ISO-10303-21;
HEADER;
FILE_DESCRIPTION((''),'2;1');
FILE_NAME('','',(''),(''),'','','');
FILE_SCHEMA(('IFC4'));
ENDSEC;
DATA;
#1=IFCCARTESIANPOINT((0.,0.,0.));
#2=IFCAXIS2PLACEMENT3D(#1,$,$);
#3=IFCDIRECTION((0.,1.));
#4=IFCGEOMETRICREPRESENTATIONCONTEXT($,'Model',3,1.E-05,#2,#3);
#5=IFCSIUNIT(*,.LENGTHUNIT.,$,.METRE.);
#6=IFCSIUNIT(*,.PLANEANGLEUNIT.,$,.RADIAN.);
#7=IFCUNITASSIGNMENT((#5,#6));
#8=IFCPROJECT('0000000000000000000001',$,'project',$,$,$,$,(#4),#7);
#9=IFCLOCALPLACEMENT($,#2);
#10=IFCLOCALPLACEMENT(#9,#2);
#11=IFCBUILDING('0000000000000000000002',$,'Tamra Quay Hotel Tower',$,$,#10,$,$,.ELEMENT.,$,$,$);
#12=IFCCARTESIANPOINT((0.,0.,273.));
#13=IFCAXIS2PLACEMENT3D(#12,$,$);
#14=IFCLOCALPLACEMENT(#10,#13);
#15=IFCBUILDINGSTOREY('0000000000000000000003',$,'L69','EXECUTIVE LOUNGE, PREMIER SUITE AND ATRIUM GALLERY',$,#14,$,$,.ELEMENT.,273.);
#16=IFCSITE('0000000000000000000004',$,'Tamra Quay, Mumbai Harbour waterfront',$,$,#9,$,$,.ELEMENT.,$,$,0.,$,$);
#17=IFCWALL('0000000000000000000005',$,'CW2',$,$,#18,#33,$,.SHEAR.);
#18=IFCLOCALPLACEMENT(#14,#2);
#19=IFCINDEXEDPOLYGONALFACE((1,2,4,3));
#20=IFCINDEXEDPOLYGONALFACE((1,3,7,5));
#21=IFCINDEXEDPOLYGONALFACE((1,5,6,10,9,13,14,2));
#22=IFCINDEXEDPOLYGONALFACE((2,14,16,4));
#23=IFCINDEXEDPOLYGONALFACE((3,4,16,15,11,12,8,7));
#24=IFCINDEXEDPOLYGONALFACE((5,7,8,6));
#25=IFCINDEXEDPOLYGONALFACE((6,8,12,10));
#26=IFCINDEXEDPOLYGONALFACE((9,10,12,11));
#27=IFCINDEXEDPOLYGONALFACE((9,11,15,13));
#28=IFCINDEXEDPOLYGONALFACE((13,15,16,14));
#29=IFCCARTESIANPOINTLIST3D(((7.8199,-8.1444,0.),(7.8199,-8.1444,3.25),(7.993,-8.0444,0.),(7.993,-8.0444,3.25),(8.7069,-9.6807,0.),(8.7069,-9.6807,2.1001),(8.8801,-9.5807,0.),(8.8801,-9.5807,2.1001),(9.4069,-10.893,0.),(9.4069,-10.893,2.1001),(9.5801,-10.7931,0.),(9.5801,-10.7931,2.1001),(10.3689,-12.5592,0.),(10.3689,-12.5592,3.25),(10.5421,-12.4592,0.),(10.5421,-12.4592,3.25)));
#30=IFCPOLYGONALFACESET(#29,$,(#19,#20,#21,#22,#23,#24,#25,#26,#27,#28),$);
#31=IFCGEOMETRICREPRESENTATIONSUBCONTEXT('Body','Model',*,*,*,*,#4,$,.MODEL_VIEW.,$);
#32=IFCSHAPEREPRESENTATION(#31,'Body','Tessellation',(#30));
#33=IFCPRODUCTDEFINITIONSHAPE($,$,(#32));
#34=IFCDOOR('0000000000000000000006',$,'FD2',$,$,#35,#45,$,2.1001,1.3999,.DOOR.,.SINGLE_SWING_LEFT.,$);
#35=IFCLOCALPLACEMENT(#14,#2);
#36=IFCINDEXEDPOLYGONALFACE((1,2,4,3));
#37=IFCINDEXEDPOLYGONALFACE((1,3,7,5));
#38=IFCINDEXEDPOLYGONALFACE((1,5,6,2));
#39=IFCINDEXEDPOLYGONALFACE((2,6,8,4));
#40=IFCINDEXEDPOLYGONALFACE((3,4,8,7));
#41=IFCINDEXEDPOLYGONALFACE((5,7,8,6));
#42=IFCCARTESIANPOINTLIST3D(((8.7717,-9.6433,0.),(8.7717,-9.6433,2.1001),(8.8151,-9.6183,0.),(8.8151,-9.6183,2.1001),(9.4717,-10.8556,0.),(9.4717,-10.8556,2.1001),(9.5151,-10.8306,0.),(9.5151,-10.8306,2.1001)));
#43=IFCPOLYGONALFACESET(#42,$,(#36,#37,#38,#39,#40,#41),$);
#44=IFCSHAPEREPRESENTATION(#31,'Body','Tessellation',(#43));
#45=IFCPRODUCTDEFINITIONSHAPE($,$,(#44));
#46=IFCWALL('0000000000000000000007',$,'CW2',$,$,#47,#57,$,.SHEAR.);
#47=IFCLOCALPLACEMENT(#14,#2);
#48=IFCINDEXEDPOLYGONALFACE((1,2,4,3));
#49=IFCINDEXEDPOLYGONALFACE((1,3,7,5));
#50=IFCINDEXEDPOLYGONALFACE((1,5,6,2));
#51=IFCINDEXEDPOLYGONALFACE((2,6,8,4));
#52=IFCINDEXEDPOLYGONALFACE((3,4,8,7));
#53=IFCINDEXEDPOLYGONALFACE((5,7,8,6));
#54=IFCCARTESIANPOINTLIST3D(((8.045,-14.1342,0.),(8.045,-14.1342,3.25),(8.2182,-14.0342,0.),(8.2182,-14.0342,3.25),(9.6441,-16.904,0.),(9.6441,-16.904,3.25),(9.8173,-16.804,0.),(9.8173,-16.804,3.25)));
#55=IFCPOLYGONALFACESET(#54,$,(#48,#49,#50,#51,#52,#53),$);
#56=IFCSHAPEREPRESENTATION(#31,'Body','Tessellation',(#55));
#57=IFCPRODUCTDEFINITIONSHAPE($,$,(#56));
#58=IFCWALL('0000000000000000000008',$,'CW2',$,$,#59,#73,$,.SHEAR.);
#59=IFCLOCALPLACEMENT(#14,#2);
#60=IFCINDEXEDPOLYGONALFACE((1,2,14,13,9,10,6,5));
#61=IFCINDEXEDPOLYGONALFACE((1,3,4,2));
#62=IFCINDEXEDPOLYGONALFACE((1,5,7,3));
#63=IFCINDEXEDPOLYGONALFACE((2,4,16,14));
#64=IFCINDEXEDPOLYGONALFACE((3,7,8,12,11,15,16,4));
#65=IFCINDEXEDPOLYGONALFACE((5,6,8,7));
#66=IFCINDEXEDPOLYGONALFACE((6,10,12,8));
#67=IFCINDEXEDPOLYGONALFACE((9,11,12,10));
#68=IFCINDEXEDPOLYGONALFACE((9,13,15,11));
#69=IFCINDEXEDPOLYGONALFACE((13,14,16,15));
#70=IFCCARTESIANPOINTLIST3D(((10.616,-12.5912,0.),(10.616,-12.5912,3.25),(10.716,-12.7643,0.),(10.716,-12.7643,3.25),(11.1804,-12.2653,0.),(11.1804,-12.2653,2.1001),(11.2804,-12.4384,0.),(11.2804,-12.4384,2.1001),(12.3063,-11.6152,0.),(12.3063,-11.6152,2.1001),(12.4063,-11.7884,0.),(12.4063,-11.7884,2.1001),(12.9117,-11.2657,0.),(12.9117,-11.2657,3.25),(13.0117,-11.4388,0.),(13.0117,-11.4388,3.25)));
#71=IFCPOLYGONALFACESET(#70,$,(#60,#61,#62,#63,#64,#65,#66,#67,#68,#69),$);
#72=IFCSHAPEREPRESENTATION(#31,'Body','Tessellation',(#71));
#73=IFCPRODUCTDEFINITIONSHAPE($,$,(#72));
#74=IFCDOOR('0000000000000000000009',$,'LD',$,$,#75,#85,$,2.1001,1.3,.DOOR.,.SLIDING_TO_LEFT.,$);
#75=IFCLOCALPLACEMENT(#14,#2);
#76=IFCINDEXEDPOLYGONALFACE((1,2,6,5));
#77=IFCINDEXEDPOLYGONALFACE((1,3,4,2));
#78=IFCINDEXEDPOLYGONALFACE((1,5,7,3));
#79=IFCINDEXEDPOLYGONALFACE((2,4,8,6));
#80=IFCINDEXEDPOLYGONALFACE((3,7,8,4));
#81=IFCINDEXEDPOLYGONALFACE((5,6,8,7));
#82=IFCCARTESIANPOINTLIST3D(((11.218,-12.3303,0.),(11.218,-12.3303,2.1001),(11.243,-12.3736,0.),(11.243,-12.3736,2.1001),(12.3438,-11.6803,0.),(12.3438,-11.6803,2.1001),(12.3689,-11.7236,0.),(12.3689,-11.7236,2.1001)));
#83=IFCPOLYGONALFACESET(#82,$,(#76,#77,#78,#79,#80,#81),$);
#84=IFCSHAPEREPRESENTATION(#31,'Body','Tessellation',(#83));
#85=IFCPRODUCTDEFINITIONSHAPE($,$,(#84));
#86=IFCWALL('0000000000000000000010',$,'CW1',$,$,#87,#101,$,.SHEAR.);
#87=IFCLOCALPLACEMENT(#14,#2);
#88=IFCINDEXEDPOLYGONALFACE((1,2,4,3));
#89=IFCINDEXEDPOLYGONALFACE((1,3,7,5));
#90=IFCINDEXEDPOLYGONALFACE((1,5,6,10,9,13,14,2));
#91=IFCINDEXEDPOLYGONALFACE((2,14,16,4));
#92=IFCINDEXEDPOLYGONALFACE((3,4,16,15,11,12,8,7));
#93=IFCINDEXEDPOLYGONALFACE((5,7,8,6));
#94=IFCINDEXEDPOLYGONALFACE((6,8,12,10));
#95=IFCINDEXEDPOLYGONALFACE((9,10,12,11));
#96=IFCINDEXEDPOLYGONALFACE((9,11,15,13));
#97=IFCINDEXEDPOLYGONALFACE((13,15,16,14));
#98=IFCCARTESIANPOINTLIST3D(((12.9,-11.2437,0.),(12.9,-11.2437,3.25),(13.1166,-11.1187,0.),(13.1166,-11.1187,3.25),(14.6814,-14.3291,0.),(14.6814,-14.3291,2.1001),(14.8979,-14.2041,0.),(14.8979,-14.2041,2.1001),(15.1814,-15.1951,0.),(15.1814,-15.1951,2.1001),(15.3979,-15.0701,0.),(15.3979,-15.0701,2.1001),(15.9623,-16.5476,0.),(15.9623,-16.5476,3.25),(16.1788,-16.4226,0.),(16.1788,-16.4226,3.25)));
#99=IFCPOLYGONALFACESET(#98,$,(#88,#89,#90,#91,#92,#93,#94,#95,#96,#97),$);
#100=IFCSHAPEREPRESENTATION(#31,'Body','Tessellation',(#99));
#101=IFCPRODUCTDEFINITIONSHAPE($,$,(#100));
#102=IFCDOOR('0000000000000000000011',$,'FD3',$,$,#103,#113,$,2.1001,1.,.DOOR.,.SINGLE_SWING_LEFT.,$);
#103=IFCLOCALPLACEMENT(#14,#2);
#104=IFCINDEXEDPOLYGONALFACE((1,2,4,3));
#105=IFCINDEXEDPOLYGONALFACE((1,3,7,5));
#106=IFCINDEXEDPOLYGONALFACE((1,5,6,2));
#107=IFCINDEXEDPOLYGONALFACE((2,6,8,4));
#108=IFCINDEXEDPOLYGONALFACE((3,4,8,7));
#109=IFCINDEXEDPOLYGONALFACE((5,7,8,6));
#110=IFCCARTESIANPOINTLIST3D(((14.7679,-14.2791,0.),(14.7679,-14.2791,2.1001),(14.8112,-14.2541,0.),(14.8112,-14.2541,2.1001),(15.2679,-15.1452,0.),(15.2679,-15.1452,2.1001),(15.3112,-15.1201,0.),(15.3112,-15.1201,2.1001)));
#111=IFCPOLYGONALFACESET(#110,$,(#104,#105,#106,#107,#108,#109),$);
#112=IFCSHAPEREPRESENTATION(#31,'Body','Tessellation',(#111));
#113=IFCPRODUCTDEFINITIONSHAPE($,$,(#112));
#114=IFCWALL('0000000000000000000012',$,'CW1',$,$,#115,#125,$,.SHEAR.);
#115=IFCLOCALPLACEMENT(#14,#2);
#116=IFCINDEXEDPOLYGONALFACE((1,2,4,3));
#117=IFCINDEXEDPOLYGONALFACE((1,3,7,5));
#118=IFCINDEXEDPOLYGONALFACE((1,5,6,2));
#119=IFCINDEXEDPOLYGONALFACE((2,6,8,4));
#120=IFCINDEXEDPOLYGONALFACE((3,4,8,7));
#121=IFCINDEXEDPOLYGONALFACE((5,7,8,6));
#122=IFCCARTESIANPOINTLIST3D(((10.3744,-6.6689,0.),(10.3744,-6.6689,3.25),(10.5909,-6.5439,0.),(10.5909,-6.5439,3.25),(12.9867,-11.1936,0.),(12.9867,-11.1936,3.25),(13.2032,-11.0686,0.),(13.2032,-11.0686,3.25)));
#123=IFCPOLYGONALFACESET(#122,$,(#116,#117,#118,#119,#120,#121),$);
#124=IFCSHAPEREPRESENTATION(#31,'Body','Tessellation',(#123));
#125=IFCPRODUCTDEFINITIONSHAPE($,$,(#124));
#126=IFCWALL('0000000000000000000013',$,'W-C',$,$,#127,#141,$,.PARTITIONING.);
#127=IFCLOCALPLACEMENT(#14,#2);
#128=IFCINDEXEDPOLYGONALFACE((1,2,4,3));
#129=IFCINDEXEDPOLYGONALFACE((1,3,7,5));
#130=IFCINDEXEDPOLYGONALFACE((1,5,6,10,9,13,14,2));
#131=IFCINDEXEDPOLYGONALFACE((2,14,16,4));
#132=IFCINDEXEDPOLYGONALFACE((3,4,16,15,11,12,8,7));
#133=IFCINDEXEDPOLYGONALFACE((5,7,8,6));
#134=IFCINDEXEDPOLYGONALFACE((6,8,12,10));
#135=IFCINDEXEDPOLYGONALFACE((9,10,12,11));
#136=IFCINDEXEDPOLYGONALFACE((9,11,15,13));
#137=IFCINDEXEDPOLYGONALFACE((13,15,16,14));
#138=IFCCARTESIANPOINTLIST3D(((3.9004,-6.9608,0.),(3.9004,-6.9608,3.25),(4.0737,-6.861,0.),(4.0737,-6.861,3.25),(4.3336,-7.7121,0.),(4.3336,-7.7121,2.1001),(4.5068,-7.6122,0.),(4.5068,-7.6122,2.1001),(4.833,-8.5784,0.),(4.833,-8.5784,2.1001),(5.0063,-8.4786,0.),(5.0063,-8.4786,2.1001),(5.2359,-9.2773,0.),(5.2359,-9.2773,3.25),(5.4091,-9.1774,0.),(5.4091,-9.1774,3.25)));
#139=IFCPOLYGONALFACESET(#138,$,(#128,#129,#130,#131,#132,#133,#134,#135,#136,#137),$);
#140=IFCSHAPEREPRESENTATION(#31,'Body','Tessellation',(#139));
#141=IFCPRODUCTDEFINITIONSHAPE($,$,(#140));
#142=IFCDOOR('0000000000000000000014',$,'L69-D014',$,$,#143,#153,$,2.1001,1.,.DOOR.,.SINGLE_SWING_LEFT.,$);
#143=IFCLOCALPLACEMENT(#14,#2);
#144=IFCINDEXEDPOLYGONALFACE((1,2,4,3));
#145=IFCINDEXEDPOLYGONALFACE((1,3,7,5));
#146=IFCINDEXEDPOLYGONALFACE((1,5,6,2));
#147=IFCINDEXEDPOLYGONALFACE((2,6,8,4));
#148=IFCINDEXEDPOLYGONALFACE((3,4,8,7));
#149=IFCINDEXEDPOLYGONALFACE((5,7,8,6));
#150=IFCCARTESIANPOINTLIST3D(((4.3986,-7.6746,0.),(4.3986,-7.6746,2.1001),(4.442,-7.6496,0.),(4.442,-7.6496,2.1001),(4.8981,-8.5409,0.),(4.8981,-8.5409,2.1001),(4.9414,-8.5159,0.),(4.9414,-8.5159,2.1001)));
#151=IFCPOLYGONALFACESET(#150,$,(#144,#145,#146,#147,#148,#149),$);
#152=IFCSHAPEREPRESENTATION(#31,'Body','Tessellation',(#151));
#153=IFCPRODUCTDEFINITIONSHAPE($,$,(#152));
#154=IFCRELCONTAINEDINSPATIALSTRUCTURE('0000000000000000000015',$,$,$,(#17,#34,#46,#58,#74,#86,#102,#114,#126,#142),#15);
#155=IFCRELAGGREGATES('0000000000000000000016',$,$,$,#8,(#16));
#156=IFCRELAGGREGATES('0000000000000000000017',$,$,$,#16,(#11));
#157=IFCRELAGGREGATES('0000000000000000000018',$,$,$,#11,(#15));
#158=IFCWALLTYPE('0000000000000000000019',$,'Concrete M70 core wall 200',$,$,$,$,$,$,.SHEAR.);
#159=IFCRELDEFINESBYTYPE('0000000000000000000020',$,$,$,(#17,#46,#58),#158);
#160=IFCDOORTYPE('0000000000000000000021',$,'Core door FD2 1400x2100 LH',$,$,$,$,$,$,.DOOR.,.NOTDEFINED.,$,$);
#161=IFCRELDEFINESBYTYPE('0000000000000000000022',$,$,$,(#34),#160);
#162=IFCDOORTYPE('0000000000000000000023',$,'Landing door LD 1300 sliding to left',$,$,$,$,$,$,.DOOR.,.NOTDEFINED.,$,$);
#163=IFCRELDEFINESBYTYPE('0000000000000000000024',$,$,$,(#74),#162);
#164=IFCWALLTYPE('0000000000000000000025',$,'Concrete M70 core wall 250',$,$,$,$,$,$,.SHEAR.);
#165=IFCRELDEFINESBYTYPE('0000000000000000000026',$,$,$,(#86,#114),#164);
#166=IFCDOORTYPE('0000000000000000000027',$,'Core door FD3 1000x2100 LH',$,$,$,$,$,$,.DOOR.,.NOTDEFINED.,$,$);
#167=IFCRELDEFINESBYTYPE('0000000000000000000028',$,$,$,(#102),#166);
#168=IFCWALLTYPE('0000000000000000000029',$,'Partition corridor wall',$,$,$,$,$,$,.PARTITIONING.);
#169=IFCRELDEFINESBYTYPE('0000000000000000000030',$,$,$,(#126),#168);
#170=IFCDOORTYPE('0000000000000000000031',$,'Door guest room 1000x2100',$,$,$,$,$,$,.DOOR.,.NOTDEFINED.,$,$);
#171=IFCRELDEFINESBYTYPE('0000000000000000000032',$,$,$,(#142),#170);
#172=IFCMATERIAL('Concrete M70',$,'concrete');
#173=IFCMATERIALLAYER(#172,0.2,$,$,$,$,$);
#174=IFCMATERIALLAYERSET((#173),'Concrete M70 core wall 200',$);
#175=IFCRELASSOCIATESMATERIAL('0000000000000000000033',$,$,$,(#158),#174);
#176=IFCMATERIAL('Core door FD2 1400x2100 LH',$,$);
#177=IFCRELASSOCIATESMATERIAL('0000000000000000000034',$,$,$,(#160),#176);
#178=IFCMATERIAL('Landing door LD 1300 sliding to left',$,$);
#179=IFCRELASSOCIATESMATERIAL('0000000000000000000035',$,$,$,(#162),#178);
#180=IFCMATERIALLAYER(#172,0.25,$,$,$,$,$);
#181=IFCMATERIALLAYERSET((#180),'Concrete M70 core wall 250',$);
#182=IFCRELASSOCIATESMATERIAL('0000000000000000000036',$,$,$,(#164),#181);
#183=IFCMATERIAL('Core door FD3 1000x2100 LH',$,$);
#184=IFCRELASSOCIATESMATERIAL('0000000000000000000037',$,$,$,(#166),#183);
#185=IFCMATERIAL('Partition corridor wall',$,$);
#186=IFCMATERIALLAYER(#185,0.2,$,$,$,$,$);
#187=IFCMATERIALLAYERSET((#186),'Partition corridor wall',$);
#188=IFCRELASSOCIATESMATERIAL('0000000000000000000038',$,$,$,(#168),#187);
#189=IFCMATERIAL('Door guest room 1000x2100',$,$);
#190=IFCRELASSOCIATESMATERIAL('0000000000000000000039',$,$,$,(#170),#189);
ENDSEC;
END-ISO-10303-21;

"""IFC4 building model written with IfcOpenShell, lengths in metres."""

from ifc_helpers import new_model, si_unit, direction, frame, frame_2d, origin, place, context, subcontext, project, spatial, rectangle, extrude, material, layer, layer_set, type_object, element, fill, save


model = new_model("IFC4")

# Units and contexts
model_context = context("Model", 3, precision=1e-05, world=origin(), true_north=direction((0.0, 1.0)))
body_context = subcontext(model_context, "Body", "Model", "MODEL_VIEW")
ifc_project = project(units=[si_unit("LENGTHUNIT", "METRE"), si_unit("PLANEANGLEUNIT", "RADIAN")], contexts=[model_context])

# Site, building, storey
site_placement = place(None, origin())
site = spatial("IfcSite", under=ifc_project, at=site_placement, Name="Tamra Quay, Mumbai Harbour waterfront", CompositionType="ELEMENT", RefElevation=0.0)
building_placement = place(site_placement, origin())
building = spatial("IfcBuilding", under=site, at=building_placement, Name="Tamra Quay Hotel Tower", CompositionType="ELEMENT")
storey_placement = place(building_placement, frame((0.0, 0.0, 273.0)))
storey = spatial("IfcBuildingStorey", under=building, at=storey_placement, Name="L69", Description="EXECUTIVE LOUNGE, PREMIER SUITE AND ATRIUM GALLERY", CompositionType="ELEMENT", Elevation=273.0)

# Wall, opening, door
ifc_material_1 = material(Name="Concrete M70", Category="concrete")
ifc_layer_1 = layer(ifc_material_1, 0.2)
ifc_layer_set_1 = layer_set([ifc_layer_1], Name="Concrete M70 core wall 200")
wall_type_1 = type_object("IfcWallType", Name="Concrete M70 core wall 200", PredefinedType="SHEAR", material=ifc_layer_set_1)
wall_1_placement = place(storey_placement, frame((7.9065, -8.0945, 0.0), z_axis=(0.0, 0.0, 1.0), x_axis=(0.500028, -0.866009, 0.0)))
wall_1 = element("IfcWall", 1, at=wall_1_placement, inside=storey, type_object=wall_type_1, Name="CW2", PredefinedType="SHEAR", context=body_context, shape_type="SweptSolid", body=[
    extrude(rectangle(XDim=5.0979, YDim=0.2, at=frame_2d((2.5488, 0.0))), origin(), (0.0, 0.0, 1.0), 3.25),
])
opening_1_placement = place(wall_1_placement, frame((1.7739, 0.0, 0.0)))
opening_1 = element("IfcOpeningElement", 2, at=opening_1_placement, cuts=wall_1, PredefinedType="OPENING", context=body_context, shape_type="SweptSolid", body=[
    extrude(rectangle(XDim=1.3999, YDim=2.1001, at=frame_2d((0.7, 1.05))), frame((0.0, 0.1099, 0.0), z_axis=(0.0, -1.0, 0.0), x_axis=(1.0, 0.0, 0.0)), (0.0, 0.0, 1.0), 0.22),
])
ifc_material_2 = material(Name="Core door FD2 1400x2100 LH")
door_type_1 = type_object("IfcDoorType", Name="Core door FD2 1400x2100 LH", OperationType="NOTDEFINED", PredefinedType="DOOR", material=ifc_material_2)
door_1_placement = place(opening_1_placement, origin())
door_1 = element("IfcDoor", 3, at=door_1_placement, inside=storey, type_object=door_type_1, Name="FD2", OperationType="SINGLE_SWING_LEFT", OverallHeight=2.1001, OverallWidth=1.3999, PredefinedType="DOOR", context=body_context, shape_type="SweptSolid", body=[
    extrude(rectangle(XDim=1.3999, YDim=2.1001, at=frame_2d((0.7, 1.05))), frame((0.0, 0.0249, 0.0), z_axis=(0.0, -1.0, 0.0), x_axis=(1.0, 0.0, 0.0)), (0.0, 0.0, 1.0), 0.05),
])
fill(opening_1, door_1)

# Wall
wall_2_placement = place(storey_placement, frame((8.1316, -14.0842, 0.0), z_axis=(0.0, 0.0, 1.0), x_axis=(0.499998, -0.866027, 0.0)))
element("IfcWall", 4, at=wall_2_placement, inside=storey, type_object=wall_type_1, Name="CW2", PredefinedType="SHEAR", context=body_context, shape_type="SweptSolid", body=[
    extrude(rectangle(XDim=3.1982, YDim=0.2, at=frame_2d((1.5991, 0.0))), origin(), (0.0, 0.0, 1.0), 3.25),
])

# Walls, openings, doors
wall_3_placement = place(storey_placement, frame((10.666, -12.6777, 0.0), z_axis=(0.0, 0.0, 1.0), x_axis=(0.866018, 0.500012, 0.0)))
wall_3 = element("IfcWall", 5, at=wall_3_placement, inside=storey, type_object=wall_type_1, Name="CW2", PredefinedType="SHEAR", context=body_context, shape_type="SweptSolid", body=[
    extrude(rectangle(XDim=2.6509, YDim=0.2, at=frame_2d((1.3254, 0.0))), origin(), (0.0, 0.0, 1.0), 3.25),
])
opening_2_placement = place(wall_3_placement, frame((0.6519, 0.0, 0.0)))
opening_2 = element("IfcOpeningElement", 6, at=opening_2_placement, cuts=wall_3, PredefinedType="OPENING", context=body_context, shape_type="SweptSolid", body=[
    extrude(rectangle(XDim=1.3, YDim=2.1001, at=frame_2d((0.6499, 1.05))), frame((0.0, 0.1099, 0.0), z_axis=(0.0, -1.0, 0.0), x_axis=(1.0, 0.0, 0.0)), (0.0, 0.0, 1.0), 0.22),
])
ifc_material_3 = material(Name="Landing door LD 1300 sliding to left")
door_type_2 = type_object("IfcDoorType", Name="Landing door LD 1300 sliding to left", OperationType="NOTDEFINED", PredefinedType="DOOR", material=ifc_material_3)
door_2_placement = place(opening_2_placement, origin())
door_2 = element("IfcDoor", 7, at=door_2_placement, inside=storey, type_object=door_type_2, Name="LD", OperationType="SLIDING_TO_LEFT", OverallHeight=2.1001, OverallWidth=1.3, PredefinedType="DOOR", context=body_context, shape_type="SweptSolid", body=[
    extrude(rectangle(XDim=1.3, YDim=2.1001, at=frame_2d((0.6499, 1.05))), frame((0.0, 0.0249, 0.0), z_axis=(0.0, -1.0, 0.0), x_axis=(1.0, 0.0, 0.0)), (0.0, 0.0, 1.0), 0.05),
])
fill(opening_2, door_2)
ifc_layer_2 = layer(ifc_material_1, 0.25)
ifc_layer_set_2 = layer_set([ifc_layer_2], Name="Concrete M70 core wall 250")
wall_type_2 = type_object("IfcWallType", Name="Concrete M70 core wall 250", PredefinedType="SHEAR", material=ifc_layer_set_2)
wall_4_placement = place(storey_placement, frame((13.0083, -11.1812, 0.0), z_axis=(0.0, 0.0, 1.0), x_axis=(0.500002, -0.866024, 0.0)))
wall_4 = element("IfcWall", 8, at=wall_4_placement, inside=storey, type_object=wall_type_2, Name="CW1", PredefinedType="SHEAR", context=body_context, shape_type="SweptSolid", body=[
    extrude(rectangle(XDim=6.1245, YDim=0.25, at=frame_2d((3.0623, 0.0))), origin(), (0.0, 0.0, 1.0), 3.25),
])
opening_3_placement = place(wall_4_placement, frame((3.5627, 0.0, 0.0)))
opening_3 = element("IfcOpeningElement", 9, at=opening_3_placement, cuts=wall_4, PredefinedType="OPENING", context=body_context, shape_type="SweptSolid", body=[
    extrude(rectangle(XDim=1.0, YDim=2.1001, at=frame_2d((0.5, 1.05))), frame((0.0, 0.135, 0.0), z_axis=(0.0, -1.0, 0.0), x_axis=(1.0, 0.0, 0.0)), (0.0, 0.0, 1.0), 0.27),
])
ifc_material_4 = material(Name="Core door FD3 1000x2100 LH")
door_type_3 = type_object("IfcDoorType", Name="Core door FD3 1000x2100 LH", OperationType="NOTDEFINED", PredefinedType="DOOR", material=ifc_material_4)
door_3_placement = place(opening_3_placement, origin())
door_3 = element("IfcDoor", 10, at=door_3_placement, inside=storey, type_object=door_type_3, Name="FD3", OperationType="SINGLE_SWING_LEFT", OverallHeight=2.1001, OverallWidth=1.0, PredefinedType="DOOR", context=body_context, shape_type="SweptSolid", body=[
    extrude(rectangle(XDim=1.0, YDim=2.1001, at=frame_2d((0.5, 1.05))), frame((0.0, 0.0249, 0.0), z_axis=(0.0, -1.0, 0.0), x_axis=(1.0, 0.0, 0.0)), (0.0, 0.0, 1.0), 0.05),
])
fill(opening_3, door_3)

# Wall
wall_5_placement = place(storey_placement, frame((10.4827, -6.6064, 0.0), z_axis=(0.0, 0.0, 1.0), x_axis=(0.499999, -0.866026, 0.0)))
element("IfcWall", 11, at=wall_5_placement, inside=storey, type_object=wall_type_2, Name="CW1", PredefinedType="SHEAR", context=body_context, shape_type="SweptSolid", body=[
    extrude(rectangle(XDim=5.2246, YDim=0.25, at=frame_2d((2.6123, 0.0))), origin(), (0.0, 0.0, 1.0), 3.25),
])

# Wall, opening, door
ifc_material_5 = material(Name="Partition corridor wall")
ifc_layer_3 = layer(ifc_material_5, 0.2)
ifc_layer_set_3 = layer_set([ifc_layer_3], Name="Partition corridor wall")
wall_type_3 = type_object("IfcWallType", Name="Partition corridor wall", PredefinedType="PARTITIONING", material=ifc_layer_set_3)
wall_6_placement = place(storey_placement, frame((3.9871, -6.9109, 0.0), z_axis=(0.0, 0.0, 1.0), x_axis=(0.499459, -0.866338, 0.0)))
wall_6 = element("IfcWall", 12, at=wall_6_placement, inside=storey, type_object=wall_type_3, Name="W-C", PredefinedType="PARTITIONING", context=body_context, shape_type="SweptSolid", body=[
    extrude(rectangle(XDim=2.6738, YDim=0.2, at=frame_2d((1.3369, 0.0))), origin(), (0.0, 0.0, 1.0), 3.25),
])
opening_4_placement = place(wall_6_placement, frame((0.8672, 0.0, 0.0)))
opening_4 = element("IfcOpeningElement", 13, at=opening_4_placement, cuts=wall_6, PredefinedType="OPENING", context=body_context, shape_type="SweptSolid", body=[
    extrude(rectangle(XDim=1.0, YDim=2.1001, at=frame_2d((0.5, 1.05))), frame((0.0, 0.1099, 0.0), z_axis=(0.0, -1.0, 0.0), x_axis=(1.0, 0.0, 0.0)), (0.0, 0.0, 1.0), 0.22),
])
ifc_material_6 = material(Name="Door guest room 1000x2100")
door_type_4 = type_object("IfcDoorType", Name="Door guest room 1000x2100", OperationType="NOTDEFINED", PredefinedType="DOOR", material=ifc_material_6)
door_4_placement = place(opening_4_placement, frame((1.0, 0.0, 0.0), z_axis=(0.0, 0.0, 1.0), x_axis=(-1.0, 0.0, 0.0)))
door_4 = element("IfcDoor", 14, at=door_4_placement, inside=storey, type_object=door_type_4, Name="L69-D014", OperationType="SINGLE_SWING_LEFT", OverallHeight=2.1001, OverallWidth=1.0, PredefinedType="DOOR", context=body_context, shape_type="SweptSolid", body=[
    extrude(rectangle(XDim=1.0, YDim=2.1001, at=frame_2d((0.5, 1.05))), frame((0.0, 0.0249, 0.0), z_axis=(0.0, -1.0, 0.0), x_axis=(1.0, 0.0, 0.0)), (0.0, 0.0, 1.0), 0.05),
])
fill(opening_4, door_4)

save(model, "model.ifc")
